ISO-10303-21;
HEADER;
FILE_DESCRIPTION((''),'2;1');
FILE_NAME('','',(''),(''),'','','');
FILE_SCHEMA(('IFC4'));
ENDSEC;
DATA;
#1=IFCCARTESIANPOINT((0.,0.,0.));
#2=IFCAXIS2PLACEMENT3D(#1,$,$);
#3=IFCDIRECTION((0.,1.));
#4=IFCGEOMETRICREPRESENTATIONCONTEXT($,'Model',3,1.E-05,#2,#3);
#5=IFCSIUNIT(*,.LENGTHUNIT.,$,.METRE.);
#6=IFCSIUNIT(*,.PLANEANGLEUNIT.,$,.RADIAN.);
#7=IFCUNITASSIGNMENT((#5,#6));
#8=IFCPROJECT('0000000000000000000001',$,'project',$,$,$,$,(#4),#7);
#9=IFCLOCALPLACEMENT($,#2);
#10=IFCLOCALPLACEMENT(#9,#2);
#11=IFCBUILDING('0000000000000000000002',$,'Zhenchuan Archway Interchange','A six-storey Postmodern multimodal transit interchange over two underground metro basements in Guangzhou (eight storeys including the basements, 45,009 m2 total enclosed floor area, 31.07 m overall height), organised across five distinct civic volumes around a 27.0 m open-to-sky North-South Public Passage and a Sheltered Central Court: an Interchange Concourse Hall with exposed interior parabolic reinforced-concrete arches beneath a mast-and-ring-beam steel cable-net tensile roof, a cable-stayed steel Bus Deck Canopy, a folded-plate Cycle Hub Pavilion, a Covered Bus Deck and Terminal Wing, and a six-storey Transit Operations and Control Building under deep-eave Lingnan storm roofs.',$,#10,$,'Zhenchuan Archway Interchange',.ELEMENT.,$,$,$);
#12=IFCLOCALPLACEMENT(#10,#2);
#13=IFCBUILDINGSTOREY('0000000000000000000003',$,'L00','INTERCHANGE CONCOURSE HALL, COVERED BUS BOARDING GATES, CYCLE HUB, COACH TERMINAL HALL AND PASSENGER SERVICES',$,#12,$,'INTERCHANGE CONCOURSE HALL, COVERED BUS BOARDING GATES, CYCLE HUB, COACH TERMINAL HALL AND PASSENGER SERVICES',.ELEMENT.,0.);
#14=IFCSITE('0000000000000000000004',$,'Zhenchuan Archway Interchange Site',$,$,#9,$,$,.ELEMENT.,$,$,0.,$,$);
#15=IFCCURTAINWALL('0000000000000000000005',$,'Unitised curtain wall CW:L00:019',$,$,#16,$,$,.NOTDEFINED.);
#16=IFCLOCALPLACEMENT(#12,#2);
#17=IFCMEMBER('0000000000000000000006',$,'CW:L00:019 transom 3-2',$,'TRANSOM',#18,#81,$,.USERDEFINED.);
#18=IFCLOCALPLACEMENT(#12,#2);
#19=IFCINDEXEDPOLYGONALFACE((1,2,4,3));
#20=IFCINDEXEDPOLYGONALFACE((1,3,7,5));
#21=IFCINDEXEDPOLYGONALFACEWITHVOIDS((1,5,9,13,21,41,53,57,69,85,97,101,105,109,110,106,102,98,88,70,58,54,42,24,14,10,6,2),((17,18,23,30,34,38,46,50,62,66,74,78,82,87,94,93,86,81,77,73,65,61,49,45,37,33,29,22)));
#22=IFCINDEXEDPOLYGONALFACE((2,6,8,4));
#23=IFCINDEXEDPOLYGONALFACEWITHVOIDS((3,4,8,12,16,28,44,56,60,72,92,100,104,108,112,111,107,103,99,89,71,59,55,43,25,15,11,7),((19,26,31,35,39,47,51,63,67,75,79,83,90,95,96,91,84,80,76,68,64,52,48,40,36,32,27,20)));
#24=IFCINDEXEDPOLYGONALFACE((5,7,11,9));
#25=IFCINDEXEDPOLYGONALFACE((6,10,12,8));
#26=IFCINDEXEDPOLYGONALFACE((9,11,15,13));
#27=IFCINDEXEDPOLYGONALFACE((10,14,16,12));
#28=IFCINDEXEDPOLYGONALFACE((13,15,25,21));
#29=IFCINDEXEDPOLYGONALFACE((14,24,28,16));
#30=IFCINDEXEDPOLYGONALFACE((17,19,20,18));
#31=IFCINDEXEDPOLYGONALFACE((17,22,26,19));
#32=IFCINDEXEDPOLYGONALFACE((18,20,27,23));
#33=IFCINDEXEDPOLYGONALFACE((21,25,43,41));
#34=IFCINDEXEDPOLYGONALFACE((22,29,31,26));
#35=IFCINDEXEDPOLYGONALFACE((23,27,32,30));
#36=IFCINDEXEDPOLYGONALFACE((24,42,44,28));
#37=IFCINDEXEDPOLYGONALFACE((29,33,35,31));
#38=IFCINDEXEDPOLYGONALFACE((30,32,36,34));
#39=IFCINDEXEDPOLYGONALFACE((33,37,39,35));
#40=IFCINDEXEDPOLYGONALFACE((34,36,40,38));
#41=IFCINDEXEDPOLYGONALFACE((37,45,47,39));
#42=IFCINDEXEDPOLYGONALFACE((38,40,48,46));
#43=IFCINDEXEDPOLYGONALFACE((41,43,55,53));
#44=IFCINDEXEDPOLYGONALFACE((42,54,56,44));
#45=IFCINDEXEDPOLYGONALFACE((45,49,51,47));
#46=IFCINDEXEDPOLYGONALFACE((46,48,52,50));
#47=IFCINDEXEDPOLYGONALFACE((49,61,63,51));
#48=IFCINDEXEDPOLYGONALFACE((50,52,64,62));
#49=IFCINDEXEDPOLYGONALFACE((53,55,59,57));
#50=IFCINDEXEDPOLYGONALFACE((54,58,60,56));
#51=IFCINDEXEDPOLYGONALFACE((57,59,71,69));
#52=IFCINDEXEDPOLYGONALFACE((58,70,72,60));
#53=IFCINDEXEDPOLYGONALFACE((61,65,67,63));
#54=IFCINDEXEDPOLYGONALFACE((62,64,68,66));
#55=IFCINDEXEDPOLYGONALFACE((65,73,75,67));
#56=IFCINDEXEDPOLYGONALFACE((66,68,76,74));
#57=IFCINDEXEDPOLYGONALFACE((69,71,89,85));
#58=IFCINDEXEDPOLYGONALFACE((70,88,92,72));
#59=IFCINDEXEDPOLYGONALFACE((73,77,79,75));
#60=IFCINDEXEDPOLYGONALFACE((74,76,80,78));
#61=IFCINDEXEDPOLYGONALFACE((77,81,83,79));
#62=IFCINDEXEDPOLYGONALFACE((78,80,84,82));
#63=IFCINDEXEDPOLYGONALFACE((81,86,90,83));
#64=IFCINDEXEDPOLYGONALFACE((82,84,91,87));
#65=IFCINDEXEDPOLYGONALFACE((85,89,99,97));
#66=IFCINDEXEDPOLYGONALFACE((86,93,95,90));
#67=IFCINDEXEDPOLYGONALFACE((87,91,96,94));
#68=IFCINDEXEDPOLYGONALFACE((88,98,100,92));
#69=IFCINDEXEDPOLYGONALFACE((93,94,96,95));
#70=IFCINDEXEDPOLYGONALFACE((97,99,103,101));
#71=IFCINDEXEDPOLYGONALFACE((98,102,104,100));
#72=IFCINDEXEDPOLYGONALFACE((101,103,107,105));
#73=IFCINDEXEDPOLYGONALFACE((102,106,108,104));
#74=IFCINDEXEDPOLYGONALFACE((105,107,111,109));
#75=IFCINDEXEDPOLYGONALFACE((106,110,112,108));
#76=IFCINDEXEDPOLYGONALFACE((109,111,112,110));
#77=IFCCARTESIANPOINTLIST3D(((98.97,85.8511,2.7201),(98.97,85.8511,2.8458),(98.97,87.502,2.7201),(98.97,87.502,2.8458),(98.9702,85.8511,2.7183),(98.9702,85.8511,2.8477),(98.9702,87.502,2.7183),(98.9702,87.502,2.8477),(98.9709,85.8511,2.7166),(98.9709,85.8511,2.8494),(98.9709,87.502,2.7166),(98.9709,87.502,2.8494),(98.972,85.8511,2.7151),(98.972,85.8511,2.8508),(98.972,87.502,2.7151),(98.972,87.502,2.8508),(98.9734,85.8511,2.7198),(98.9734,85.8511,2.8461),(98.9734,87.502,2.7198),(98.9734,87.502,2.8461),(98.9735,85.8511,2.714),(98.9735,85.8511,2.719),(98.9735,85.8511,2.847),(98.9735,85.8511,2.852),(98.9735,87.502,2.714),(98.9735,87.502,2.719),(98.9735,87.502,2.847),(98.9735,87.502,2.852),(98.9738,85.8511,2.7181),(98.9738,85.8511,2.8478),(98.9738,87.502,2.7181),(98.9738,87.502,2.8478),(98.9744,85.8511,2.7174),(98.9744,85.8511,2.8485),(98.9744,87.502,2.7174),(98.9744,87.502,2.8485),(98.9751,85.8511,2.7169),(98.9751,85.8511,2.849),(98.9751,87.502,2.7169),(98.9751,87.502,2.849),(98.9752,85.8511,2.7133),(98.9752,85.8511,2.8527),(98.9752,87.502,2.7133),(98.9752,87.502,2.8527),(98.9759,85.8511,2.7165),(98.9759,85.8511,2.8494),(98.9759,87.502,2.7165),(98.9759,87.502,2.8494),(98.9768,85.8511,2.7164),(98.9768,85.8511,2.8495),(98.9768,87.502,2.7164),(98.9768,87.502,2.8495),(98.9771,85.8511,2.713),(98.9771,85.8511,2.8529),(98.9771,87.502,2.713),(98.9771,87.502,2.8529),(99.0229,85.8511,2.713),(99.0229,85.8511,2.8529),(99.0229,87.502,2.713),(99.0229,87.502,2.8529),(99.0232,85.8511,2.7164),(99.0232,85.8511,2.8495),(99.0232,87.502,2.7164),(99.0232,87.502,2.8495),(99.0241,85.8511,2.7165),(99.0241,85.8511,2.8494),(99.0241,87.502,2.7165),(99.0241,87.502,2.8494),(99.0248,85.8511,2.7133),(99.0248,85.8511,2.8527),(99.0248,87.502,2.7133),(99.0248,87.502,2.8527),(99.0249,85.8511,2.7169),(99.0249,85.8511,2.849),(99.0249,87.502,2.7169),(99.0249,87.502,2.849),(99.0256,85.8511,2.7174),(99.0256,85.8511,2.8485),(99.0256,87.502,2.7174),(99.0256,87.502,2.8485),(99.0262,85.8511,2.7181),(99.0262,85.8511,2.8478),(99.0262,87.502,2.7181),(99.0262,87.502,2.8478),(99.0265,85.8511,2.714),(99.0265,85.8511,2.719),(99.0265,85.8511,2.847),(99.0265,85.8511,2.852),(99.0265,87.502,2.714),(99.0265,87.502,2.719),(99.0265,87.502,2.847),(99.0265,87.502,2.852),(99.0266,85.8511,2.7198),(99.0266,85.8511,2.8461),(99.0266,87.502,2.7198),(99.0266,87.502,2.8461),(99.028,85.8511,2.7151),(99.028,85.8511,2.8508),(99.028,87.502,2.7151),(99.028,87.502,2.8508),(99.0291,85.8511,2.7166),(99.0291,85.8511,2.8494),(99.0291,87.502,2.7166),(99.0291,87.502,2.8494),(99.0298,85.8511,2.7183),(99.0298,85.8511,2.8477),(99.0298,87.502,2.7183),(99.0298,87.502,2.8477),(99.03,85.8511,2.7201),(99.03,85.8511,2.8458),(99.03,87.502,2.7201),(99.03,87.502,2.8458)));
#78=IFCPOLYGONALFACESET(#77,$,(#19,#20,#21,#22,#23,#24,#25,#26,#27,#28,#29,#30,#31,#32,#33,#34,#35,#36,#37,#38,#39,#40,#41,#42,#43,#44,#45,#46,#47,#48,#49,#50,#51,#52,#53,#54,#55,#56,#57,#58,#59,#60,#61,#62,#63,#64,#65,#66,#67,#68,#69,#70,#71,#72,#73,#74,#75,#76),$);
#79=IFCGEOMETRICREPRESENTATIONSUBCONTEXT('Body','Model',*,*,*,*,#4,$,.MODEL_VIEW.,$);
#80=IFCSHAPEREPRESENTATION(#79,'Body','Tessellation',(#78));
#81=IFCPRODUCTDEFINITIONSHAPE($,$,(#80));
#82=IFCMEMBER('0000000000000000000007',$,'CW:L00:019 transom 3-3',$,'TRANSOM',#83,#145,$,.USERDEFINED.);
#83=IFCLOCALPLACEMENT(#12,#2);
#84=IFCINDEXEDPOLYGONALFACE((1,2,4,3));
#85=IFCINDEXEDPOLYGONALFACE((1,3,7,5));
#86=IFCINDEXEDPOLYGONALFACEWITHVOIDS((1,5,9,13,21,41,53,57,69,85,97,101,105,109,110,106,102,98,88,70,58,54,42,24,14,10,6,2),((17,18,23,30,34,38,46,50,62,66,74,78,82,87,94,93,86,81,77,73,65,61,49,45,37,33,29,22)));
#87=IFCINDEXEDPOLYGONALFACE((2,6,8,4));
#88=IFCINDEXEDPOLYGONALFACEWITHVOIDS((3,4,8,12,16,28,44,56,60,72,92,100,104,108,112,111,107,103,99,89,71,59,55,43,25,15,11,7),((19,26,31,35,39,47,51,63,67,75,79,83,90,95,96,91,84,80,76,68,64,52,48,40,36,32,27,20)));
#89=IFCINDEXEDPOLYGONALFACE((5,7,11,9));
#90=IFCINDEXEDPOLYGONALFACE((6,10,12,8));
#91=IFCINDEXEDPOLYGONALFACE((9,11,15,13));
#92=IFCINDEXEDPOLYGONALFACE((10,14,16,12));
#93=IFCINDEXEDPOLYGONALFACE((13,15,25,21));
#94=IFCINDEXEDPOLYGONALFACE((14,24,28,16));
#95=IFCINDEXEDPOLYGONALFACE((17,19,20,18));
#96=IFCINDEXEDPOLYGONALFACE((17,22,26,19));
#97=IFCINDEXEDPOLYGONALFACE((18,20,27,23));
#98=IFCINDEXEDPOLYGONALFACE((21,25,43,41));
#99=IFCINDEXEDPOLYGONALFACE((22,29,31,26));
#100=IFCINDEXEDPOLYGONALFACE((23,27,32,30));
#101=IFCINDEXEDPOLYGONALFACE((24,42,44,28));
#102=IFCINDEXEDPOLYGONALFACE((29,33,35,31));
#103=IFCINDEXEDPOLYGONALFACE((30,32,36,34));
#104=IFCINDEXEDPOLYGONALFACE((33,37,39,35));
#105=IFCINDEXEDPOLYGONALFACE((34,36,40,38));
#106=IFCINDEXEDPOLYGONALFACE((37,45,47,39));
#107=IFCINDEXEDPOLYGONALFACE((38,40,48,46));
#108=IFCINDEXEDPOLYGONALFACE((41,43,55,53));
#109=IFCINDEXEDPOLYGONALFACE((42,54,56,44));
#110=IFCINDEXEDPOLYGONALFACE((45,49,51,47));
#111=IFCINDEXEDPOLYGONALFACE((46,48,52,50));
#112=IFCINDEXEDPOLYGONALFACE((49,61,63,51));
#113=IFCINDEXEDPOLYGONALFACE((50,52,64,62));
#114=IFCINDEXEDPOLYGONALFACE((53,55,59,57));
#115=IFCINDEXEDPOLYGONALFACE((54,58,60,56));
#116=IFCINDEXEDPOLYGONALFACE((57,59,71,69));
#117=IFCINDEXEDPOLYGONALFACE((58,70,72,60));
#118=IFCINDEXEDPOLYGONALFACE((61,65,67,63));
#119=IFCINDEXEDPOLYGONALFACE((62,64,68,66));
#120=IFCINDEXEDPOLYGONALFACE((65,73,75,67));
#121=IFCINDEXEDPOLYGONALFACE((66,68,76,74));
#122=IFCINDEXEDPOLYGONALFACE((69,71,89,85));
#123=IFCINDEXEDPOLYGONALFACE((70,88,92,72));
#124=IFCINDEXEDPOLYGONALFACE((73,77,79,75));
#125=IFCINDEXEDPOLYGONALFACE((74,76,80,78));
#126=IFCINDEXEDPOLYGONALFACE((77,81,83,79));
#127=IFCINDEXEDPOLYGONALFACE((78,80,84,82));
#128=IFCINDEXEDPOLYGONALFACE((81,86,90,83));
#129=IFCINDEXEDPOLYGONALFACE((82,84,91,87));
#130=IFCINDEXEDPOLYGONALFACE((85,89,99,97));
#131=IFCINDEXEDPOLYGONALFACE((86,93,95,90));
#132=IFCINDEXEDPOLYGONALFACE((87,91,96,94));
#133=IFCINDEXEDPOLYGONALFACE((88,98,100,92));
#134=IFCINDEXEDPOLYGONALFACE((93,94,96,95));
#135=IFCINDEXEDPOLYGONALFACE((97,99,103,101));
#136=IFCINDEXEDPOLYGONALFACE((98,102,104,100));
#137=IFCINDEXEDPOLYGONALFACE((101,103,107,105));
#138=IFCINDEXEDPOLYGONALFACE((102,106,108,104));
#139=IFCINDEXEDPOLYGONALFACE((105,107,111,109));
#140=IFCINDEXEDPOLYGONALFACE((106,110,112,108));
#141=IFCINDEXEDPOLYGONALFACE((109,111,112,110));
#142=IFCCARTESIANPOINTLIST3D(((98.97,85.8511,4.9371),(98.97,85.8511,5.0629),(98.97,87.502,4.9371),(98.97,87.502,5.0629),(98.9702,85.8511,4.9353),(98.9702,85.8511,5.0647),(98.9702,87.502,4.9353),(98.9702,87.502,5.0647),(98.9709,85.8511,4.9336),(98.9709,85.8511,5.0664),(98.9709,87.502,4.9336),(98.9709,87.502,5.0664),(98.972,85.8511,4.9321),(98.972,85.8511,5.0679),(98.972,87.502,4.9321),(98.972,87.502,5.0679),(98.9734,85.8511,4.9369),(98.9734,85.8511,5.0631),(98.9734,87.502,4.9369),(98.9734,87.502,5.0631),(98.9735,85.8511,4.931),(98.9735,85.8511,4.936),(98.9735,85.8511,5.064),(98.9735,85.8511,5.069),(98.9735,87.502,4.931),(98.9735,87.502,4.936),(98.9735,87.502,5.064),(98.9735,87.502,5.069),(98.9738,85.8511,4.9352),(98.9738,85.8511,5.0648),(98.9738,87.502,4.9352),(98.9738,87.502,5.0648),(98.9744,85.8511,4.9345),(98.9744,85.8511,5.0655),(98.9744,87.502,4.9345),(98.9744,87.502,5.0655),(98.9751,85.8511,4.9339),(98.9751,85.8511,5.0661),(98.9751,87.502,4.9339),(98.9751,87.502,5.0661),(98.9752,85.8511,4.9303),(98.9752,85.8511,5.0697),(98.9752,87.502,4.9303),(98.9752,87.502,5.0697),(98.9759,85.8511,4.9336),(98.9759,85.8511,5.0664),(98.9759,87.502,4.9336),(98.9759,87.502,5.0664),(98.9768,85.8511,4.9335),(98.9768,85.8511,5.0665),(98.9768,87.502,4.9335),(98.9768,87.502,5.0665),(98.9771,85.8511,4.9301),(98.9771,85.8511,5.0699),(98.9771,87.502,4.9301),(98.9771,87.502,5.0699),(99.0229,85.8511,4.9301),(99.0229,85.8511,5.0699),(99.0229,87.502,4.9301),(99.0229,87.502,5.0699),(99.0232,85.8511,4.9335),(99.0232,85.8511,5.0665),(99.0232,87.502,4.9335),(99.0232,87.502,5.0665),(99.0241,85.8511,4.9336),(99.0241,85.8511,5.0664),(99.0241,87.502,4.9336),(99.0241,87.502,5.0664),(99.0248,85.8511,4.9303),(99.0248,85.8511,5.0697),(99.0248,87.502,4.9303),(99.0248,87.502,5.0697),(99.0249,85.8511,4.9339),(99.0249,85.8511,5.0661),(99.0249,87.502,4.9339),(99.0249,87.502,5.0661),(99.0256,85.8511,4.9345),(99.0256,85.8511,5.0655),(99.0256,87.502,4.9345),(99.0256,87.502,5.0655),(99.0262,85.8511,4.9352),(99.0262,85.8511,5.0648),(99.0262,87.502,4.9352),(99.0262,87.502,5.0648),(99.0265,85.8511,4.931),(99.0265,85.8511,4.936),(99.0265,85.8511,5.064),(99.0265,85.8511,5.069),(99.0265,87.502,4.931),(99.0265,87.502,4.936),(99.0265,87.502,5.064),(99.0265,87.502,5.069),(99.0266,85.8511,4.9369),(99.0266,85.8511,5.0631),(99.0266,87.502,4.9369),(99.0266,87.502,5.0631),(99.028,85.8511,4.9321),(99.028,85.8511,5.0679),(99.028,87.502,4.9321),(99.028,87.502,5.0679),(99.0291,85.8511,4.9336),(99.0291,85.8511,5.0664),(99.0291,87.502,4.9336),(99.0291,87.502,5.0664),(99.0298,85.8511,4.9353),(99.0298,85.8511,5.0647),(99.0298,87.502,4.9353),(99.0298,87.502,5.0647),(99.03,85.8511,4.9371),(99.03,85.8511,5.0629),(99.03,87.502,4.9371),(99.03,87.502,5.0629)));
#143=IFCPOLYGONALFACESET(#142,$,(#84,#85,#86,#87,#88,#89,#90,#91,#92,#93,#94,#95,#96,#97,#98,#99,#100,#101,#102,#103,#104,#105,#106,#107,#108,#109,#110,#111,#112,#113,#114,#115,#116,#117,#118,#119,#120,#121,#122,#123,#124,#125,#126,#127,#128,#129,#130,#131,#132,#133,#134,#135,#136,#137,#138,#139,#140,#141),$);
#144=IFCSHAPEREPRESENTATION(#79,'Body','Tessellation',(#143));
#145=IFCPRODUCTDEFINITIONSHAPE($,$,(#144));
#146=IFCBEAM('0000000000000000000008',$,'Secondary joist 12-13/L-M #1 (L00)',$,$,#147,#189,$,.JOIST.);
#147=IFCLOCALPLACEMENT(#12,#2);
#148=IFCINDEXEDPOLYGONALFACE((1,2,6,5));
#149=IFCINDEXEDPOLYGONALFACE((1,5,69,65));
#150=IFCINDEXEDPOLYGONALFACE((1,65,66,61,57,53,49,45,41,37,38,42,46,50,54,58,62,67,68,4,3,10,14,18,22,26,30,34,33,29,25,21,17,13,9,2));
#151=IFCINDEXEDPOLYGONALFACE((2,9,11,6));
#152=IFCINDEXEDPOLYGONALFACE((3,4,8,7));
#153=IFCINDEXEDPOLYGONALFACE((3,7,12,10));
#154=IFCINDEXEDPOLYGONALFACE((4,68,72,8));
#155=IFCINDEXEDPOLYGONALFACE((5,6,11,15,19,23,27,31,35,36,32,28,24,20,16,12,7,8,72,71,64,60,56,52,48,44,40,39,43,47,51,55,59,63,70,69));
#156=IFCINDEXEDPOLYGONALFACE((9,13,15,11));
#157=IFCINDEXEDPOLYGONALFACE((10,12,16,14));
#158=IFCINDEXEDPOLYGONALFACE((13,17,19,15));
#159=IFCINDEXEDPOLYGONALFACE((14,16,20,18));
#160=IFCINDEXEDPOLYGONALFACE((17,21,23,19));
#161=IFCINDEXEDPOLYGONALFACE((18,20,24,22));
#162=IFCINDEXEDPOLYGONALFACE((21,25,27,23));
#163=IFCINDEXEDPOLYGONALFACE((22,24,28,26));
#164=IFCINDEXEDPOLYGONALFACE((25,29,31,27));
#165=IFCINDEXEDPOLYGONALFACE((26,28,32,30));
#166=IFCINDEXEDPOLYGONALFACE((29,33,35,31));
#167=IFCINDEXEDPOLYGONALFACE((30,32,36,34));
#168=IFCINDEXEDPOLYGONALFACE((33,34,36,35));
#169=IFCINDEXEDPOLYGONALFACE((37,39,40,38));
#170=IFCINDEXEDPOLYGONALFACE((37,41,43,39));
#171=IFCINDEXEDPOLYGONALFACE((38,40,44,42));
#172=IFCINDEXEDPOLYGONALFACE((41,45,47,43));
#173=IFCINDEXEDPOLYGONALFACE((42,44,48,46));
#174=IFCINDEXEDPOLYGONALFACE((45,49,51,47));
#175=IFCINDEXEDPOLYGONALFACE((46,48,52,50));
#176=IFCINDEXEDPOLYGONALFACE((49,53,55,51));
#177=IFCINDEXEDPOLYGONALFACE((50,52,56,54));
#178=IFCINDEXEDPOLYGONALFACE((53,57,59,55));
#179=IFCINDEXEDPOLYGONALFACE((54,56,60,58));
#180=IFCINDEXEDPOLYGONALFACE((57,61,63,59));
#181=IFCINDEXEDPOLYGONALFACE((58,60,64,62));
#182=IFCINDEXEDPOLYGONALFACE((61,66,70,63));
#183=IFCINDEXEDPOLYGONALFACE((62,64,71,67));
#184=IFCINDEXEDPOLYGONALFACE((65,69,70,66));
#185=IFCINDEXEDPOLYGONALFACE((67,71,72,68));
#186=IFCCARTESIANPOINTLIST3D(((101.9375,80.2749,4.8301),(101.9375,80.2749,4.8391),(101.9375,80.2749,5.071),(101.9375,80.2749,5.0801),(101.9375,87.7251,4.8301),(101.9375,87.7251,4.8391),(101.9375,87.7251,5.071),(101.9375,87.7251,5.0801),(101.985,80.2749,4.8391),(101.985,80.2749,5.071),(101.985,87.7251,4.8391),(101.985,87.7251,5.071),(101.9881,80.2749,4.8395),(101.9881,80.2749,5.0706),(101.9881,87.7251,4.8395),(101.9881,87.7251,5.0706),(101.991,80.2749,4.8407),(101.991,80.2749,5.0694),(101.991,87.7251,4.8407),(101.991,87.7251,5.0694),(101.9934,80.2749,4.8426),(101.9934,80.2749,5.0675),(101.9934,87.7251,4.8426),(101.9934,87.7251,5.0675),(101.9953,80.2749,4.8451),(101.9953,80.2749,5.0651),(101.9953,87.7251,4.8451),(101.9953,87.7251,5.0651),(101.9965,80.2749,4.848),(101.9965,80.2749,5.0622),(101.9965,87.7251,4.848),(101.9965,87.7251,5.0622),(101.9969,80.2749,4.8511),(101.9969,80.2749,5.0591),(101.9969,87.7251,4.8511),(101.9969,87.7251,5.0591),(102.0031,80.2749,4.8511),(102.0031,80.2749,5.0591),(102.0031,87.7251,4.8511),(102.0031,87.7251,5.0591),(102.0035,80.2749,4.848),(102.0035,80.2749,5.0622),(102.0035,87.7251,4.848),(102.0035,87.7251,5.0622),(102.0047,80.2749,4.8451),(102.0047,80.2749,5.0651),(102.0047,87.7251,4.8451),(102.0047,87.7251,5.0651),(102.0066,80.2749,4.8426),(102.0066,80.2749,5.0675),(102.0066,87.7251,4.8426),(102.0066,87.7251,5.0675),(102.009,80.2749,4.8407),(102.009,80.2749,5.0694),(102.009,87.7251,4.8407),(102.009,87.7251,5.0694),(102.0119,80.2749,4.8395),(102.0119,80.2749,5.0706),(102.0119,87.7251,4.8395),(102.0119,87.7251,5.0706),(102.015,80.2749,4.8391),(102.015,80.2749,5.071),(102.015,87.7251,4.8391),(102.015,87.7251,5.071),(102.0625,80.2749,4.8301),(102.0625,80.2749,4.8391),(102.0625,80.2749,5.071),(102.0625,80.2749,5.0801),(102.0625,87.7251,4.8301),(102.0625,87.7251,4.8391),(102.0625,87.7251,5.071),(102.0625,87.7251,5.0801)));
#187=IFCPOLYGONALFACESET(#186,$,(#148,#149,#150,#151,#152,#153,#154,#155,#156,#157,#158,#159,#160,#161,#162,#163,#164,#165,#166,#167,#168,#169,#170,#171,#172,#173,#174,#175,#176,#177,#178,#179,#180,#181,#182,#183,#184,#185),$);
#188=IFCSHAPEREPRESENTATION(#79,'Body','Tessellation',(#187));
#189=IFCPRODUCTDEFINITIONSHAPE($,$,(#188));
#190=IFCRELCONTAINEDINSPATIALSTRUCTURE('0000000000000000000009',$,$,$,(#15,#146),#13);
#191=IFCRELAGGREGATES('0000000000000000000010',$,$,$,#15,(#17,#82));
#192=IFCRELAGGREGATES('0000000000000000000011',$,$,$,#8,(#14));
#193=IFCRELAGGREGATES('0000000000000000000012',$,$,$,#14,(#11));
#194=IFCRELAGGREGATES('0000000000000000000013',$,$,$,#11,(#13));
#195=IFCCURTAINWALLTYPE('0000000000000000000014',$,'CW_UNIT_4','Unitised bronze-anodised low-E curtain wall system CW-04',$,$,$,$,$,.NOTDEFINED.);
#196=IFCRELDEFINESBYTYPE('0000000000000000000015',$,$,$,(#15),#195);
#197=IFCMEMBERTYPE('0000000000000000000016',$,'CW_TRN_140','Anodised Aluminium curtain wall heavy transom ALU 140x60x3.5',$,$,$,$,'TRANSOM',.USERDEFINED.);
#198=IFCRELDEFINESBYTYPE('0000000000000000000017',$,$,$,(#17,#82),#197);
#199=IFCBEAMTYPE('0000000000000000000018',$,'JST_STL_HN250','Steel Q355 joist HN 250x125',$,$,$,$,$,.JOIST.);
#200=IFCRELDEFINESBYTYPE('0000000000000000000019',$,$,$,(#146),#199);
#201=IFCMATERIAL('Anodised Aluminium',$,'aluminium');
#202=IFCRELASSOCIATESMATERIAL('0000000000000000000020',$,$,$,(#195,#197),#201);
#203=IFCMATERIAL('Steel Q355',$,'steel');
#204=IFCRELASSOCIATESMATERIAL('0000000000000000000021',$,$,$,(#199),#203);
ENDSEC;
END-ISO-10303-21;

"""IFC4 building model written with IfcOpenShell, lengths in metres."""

from ifc_helpers import new_model, si_unit, direction, frame, origin, origin_2d, place, context, subcontext, project, spatial, hollow_rectangle, i_section, extrude, material, material_profile, profile_set, type_object, element, aggregate, save


model = new_model("IFC4")

# Units and contexts
model_context = context("Model", 3, precision=1e-05, world=origin(), true_north=direction((0.0, 1.0)))
body_context = subcontext(model_context, "Body", "Model", "MODEL_VIEW")
ifc_project = project(units=[si_unit("LENGTHUNIT", "METRE"), si_unit("PLANEANGLEUNIT", "RADIAN")], contexts=[model_context])

# Site, building, storey
site_placement = place(None, origin())
site = spatial("IfcSite", under=ifc_project, at=site_placement, Name="Zhenchuan Archway Interchange Site", CompositionType="ELEMENT", RefElevation=0.0)
building_placement = place(site_placement, origin())
building = spatial("IfcBuilding", under=site, at=building_placement, Name="Zhenchuan Archway Interchange", Description="A six-storey Postmodern multimodal transit interchange over two underground metro basements in Guangzhou (eight storeys including the basements, 45,009 m2 total enclosed floor area, 31.07 m overall height), organised across five distinct civic volumes around a 27.0 m open-to-sky North-South Public Passage and a Sheltered Central Court: an Interchange Concourse Hall with exposed interior parabolic reinforced-concrete arches beneath a mast-and-ring-beam steel cable-net tensile roof, a cable-stayed steel Bus Deck Canopy, a folded-plate Cycle Hub Pavilion, a Covered Bus Deck and Terminal Wing, and a six-storey Transit Operations and Control Building under deep-eave Lingnan storm roofs.", LongName="Zhenchuan Archway Interchange", CompositionType="ELEMENT")
storey_placement = place(building_placement, origin())
storey = spatial("IfcBuildingStorey", under=building, at=storey_placement, Name="L00", Description="INTERCHANGE CONCOURSE HALL, COVERED BUS BOARDING GATES, CYCLE HUB, COACH TERMINAL HALL AND PASSENGER SERVICES", LongName="INTERCHANGE CONCOURSE HALL, COVERED BUS BOARDING GATES, CYCLE HUB, COACH TERMINAL HALL AND PASSENGER SERVICES", CompositionType="ELEMENT", Elevation=0.0)

# Curtain wall, members
ifc_material_1 = material(Name="Anodised Aluminium", Category="aluminium")
curtain_wall_type = type_object("IfcCurtainWallType", Name="CW_UNIT_4", Description="Unitised bronze-anodised low-E curtain wall system CW-04", PredefinedType="NOTDEFINED", material=ifc_material_1)
curtain_wall_placement = place(storey_placement, origin())
curtain_wall = element("IfcCurtainWall", 1, at=curtain_wall_placement, inside=storey, type_object=curtain_wall_type, Name="Unitised curtain wall CW:L00:019", PredefinedType="NOTDEFINED")
ifc_material_profile_1 = material_profile(ifc_material_1, hollow_rectangle(XDim=0.0601, YDim=0.1399, WallThickness=0.0034, InnerFilletRadius=0.0034, OuterFilletRadius=0.0071, at=origin_2d()), Name="ALU 140x60x3.5")
ifc_profile_set_1 = profile_set([ifc_material_profile_1], Name="Anodised Aluminium")
member_type = type_object("IfcMemberType", Name="CW_TRN_140", Description="Anodised Aluminium curtain wall heavy transom ALU 140x60x3.5", ElementType="TRANSOM", PredefinedType="USERDEFINED", material=ifc_profile_set_1)
member_1_placement = place(storey_placement, frame((99.0, 85.8511, 2.783), z_axis=(0.0, 1.0, 0.0), x_axis=(-1.0, 0.0, 0.0)))
member_1 = element("IfcMember", 2, at=member_1_placement, type_object=member_type, Name="CW:L00:019 transom 3-2", ObjectType="TRANSOM", PredefinedType="USERDEFINED", context=body_context, shape_type="SweptSolid", body=[
    extrude(hollow_rectangle(XDim=0.0601, YDim=0.1399, WallThickness=0.0034, InnerFilletRadius=0.0034, OuterFilletRadius=0.0071, at=origin_2d()), origin(), (0.0, 0.0, 1.0), 1.6509),
])
member_2_placement = place(storey_placement, frame((99.0, 85.8511, 5.0), z_axis=(0.0, 1.0, 0.0), x_axis=(-1.0, 0.0, 0.0)))
member_2 = element("IfcMember", 3, at=member_2_placement, type_object=member_type, Name="CW:L00:019 transom 3-3", ObjectType="TRANSOM", PredefinedType="USERDEFINED", context=body_context, shape_type="SweptSolid", body=[
    extrude(hollow_rectangle(XDim=0.0601, YDim=0.1399, WallThickness=0.0034, InnerFilletRadius=0.0034, OuterFilletRadius=0.0071, at=origin_2d()), origin(), (0.0, 0.0, 1.0), 1.6509),
])

# Beam
ifc_material_2 = material(Name="Steel Q355", Category="steel")
ifc_material_profile_2 = material_profile(ifc_material_2, i_section(OverallWidth=0.125, OverallDepth=0.25, WebThickness=0.0061, FlangeThickness=0.009, FilletRadius=0.012, at=origin_2d()), Name="HN 250x125")
ifc_profile_set_2 = profile_set([ifc_material_profile_2], Name="Steel Q355")
beam_type_1 = type_object("IfcBeamType", Name="JST_STL_HN250", Description="Steel Q355 joist HN 250x125", PredefinedType="JOIST", material=ifc_profile_set_2)
for number, where, z_axis, x_axis, name in (
    (4, (102.0, 80.2749, 4.9551), (0.0, 1.0, 0.0), (-1.0, 0.0, 0.0), "Secondary joist 12-13/L-M #1 (L00)"),
):
    element("IfcBeam", number, at=place(storey_placement, frame(where, z_axis=z_axis, x_axis=x_axis)), inside=storey, type_object=beam_type_1, Name=name, PredefinedType="JOIST", context=body_context, shape_type="SweptSolid", body=[
        extrude(i_section(OverallWidth=0.125, OverallDepth=0.25, WebThickness=0.0061, FlangeThickness=0.009, FilletRadius=0.012, at=origin_2d()), origin(), (0.0, 0.0, 1.0), 7.4502),
    ])

aggregate(curtain_wall, [member_1, member_2])

save(model, "model.ifc")
